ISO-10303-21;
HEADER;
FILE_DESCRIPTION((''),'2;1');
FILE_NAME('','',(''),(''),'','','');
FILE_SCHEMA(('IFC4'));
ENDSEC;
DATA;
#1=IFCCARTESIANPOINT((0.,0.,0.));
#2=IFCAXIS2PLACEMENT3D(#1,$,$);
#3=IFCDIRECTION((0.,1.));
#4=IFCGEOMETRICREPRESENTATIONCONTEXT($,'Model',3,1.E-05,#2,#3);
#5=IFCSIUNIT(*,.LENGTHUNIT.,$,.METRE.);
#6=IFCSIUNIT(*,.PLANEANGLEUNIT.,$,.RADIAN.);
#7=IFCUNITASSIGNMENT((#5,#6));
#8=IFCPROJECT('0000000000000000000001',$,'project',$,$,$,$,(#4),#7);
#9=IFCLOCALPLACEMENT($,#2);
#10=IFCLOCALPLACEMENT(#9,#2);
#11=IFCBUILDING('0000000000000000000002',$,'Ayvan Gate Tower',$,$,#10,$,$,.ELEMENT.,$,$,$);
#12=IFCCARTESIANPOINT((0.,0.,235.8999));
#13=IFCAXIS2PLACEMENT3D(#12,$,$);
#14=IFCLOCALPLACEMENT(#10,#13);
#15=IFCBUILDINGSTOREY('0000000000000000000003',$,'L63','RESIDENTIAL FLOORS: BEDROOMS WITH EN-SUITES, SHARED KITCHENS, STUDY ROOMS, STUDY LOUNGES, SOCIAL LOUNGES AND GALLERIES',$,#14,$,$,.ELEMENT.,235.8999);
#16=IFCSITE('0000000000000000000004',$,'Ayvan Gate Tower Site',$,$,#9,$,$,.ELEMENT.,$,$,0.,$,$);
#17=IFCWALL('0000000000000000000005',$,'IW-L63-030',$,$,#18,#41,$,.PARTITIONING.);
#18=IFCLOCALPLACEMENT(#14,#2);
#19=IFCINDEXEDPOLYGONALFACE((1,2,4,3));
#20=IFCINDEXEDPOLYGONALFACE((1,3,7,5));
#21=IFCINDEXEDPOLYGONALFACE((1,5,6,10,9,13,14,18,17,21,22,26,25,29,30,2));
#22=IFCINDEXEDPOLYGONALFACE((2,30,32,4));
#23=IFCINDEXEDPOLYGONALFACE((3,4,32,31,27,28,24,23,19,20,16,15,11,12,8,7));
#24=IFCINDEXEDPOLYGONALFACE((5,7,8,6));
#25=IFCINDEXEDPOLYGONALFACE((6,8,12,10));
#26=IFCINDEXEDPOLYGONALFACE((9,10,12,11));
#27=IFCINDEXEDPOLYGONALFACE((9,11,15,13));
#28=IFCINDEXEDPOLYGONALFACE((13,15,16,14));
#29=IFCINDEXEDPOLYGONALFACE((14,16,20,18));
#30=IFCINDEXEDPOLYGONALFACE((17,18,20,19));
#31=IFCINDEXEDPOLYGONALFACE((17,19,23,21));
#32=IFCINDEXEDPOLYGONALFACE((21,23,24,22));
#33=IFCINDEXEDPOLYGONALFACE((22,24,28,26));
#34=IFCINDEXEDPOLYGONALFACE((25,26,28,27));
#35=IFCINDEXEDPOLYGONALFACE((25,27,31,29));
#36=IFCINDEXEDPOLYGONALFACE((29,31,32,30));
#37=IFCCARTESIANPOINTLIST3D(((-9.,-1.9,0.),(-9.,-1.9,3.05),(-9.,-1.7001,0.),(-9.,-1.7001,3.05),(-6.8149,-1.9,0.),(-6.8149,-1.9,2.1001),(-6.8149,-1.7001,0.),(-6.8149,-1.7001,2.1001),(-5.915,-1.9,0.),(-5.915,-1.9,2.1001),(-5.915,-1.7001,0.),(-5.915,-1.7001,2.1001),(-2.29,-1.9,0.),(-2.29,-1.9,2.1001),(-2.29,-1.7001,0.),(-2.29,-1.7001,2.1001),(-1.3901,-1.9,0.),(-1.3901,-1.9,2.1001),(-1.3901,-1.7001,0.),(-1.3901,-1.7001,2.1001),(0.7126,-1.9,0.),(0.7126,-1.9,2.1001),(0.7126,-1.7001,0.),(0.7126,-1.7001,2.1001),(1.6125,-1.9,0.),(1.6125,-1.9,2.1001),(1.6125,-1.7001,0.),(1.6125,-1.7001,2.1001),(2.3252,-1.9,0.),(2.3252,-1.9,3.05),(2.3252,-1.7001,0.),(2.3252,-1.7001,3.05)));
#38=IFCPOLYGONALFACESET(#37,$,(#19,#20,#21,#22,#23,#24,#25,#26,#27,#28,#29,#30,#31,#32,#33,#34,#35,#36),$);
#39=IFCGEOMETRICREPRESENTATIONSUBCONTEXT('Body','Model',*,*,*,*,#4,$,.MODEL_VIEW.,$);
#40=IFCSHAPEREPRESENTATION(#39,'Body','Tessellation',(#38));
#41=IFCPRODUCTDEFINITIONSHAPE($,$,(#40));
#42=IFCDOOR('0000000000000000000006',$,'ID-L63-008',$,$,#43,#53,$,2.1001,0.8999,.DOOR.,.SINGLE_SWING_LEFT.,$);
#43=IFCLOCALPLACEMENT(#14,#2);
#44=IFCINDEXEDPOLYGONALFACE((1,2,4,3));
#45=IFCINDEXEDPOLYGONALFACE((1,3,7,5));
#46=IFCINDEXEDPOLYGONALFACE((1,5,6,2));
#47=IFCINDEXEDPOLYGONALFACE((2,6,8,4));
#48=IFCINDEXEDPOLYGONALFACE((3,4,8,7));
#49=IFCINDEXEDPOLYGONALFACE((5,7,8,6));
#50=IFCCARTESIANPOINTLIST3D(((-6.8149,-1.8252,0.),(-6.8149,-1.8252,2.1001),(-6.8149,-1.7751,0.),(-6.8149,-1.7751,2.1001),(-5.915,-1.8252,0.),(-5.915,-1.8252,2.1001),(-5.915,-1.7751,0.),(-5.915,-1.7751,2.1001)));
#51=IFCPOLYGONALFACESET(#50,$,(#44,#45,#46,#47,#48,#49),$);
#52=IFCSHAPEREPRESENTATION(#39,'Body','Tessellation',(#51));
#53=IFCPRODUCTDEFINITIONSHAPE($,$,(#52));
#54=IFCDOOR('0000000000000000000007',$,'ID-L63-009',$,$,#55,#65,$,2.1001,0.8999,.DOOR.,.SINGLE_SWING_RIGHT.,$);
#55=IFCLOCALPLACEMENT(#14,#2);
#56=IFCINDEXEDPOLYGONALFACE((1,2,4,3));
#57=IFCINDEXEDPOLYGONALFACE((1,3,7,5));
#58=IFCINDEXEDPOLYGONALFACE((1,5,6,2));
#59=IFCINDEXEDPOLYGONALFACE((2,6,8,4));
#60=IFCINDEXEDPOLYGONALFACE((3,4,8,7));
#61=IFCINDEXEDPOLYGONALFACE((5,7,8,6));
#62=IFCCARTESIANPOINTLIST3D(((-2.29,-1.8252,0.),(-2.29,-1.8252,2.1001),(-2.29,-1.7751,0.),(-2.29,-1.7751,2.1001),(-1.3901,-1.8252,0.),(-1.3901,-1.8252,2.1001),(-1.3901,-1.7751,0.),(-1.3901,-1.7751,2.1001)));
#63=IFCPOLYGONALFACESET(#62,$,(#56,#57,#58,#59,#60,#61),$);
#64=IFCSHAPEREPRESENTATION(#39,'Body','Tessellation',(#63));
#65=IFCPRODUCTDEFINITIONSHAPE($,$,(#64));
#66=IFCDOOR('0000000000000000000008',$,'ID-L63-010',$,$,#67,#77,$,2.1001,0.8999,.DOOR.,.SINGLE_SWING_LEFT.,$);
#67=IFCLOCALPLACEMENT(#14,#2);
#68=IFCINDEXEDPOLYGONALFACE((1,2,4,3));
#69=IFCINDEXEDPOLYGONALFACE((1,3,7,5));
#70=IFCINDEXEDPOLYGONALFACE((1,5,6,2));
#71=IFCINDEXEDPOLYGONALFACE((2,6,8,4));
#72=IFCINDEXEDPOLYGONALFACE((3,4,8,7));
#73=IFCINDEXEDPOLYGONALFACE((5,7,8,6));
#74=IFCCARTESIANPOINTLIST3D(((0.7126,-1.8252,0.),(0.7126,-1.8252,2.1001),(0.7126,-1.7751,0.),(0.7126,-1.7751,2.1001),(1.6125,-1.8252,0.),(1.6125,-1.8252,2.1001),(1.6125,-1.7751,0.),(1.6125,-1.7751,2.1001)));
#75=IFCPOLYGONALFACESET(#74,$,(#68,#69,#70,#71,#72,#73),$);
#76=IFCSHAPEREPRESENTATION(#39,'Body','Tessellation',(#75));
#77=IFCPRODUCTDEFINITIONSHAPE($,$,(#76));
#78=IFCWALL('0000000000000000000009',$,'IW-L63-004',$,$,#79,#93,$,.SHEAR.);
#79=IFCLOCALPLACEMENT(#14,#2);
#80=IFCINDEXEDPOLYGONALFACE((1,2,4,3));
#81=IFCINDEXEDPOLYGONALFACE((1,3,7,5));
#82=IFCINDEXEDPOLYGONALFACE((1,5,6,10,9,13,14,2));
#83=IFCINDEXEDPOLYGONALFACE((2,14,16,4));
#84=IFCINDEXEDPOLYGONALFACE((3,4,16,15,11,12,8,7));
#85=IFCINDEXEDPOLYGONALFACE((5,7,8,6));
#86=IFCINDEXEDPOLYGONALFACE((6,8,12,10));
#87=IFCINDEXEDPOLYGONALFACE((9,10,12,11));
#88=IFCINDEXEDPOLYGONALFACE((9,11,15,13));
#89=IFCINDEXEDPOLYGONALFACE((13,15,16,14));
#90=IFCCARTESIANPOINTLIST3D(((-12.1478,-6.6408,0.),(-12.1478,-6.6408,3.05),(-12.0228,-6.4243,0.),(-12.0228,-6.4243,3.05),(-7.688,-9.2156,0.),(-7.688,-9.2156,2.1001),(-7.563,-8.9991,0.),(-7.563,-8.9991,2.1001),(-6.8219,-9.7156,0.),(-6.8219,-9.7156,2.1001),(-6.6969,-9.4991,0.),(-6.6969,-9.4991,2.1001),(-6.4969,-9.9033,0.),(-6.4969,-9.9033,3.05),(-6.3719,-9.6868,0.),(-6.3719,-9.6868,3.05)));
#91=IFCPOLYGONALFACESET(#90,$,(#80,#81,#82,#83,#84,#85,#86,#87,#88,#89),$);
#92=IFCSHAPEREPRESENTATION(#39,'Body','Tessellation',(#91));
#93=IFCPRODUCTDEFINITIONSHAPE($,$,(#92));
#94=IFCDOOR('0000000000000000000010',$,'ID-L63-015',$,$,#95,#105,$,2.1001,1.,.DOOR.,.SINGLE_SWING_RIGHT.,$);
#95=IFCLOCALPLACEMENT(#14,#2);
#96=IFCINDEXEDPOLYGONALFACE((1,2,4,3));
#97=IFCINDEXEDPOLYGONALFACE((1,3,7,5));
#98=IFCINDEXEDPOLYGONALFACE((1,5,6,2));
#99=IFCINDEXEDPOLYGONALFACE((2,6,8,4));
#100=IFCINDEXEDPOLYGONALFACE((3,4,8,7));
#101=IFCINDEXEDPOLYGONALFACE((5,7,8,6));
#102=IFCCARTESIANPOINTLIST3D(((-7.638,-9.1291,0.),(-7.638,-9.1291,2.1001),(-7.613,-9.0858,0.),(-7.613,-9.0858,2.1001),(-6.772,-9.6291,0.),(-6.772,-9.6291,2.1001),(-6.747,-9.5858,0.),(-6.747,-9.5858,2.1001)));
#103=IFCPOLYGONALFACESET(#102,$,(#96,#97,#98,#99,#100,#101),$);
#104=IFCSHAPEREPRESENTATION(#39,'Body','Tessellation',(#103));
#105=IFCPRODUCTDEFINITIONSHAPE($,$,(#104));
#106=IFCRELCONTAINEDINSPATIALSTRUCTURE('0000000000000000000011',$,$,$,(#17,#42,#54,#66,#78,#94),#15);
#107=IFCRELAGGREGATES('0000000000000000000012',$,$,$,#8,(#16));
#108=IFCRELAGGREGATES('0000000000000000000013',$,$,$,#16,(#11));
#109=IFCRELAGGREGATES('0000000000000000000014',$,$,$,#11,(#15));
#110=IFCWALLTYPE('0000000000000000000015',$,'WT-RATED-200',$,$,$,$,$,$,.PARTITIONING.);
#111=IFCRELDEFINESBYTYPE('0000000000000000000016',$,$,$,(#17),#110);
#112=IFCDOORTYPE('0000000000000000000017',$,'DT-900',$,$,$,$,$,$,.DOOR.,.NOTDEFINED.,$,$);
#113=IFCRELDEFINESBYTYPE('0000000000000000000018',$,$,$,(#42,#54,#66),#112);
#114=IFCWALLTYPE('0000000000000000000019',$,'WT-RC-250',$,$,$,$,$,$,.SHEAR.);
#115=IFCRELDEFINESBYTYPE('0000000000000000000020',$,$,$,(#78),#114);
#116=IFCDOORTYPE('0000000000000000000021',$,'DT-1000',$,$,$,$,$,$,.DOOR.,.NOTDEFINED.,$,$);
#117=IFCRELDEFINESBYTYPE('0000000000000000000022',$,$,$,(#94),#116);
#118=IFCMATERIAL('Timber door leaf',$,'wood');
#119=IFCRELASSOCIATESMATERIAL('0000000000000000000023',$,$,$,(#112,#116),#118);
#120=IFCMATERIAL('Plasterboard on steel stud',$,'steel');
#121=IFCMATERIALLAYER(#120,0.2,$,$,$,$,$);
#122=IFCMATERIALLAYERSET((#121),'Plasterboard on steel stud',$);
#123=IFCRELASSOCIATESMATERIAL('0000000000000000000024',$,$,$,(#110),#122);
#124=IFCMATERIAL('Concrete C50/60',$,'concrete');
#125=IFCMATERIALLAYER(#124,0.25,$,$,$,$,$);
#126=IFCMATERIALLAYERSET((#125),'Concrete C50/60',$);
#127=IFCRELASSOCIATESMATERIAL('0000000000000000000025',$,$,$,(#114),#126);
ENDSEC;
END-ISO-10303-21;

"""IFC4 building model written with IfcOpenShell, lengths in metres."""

from ifc_helpers import new_model, si_unit, direction, frame, frame_2d, origin, place, context, subcontext, project, spatial, rectangle, extrude, material, layer, layer_set, type_object, element, fill, save


model = new_model("IFC4")

# Units and contexts
model_context = context("Model", 3, precision=1e-05, world=origin(), true_north=direction((0.0, 1.0)))
body_context = subcontext(model_context, "Body", "Model", "MODEL_VIEW")
ifc_project = project(units=[si_unit("LENGTHUNIT", "METRE"), si_unit("PLANEANGLEUNIT", "RADIAN")], contexts=[model_context])

# Site, building, storey
site_placement = place(None, origin())
site = spatial("IfcSite", under=ifc_project, at=site_placement, Name="Ayvan Gate Tower Site", CompositionType="ELEMENT", RefElevation=0.0)
building_placement = place(site_placement, origin())
building = spatial("IfcBuilding", under=site, at=building_placement, Name="Ayvan Gate Tower", CompositionType="ELEMENT")
storey_placement = place(building_placement, frame((0.0, 0.0, 235.8999)))
storey = spatial("IfcBuildingStorey", under=building, at=storey_placement, Name="L63", Description="RESIDENTIAL FLOORS: BEDROOMS WITH EN-SUITES, SHARED KITCHENS, STUDY ROOMS, STUDY LOUNGES, SOCIAL LOUNGES AND GALLERIES", CompositionType="ELEMENT", Elevation=235.8999)

# Shared definitions
ifc_material_1 = material(Name="Timber door leaf", Category="wood")
door_type_1 = type_object("IfcDoorType", Name="DT-900", OperationType="NOTDEFINED", PredefinedType="DOOR", material=ifc_material_1)

# Shared definitions
ifc_material_2 = material(Name="Plasterboard on steel stud", Category="steel")
door_type_2 = type_object("IfcDoorType", Name="DT-1000", OperationType="NOTDEFINED", PredefinedType="DOOR", material=ifc_material_1)

# Shared definitions
ifc_layer_1 = layer(ifc_material_2, 0.2)
ifc_layer_set_1 = layer_set([ifc_layer_1], Name="Plasterboard on steel stud")
wall_type_1 = type_object("IfcWallType", Name="WT-RATED-200", PredefinedType="PARTITIONING", material=ifc_layer_set_1)

# Wall, openings, doors
wall_1_placement = place(storey_placement, frame((-9.0, -1.8, 0.0), z_axis=(0.0, 0.0, 1.0), x_axis=(1.0, 0.0, 0.0)))
wall_1 = element("IfcWall", 1, at=wall_1_placement, inside=storey, type_object=wall_type_1, Name="IW-L63-030", PredefinedType="PARTITIONING", context=body_context, shape_type="SweptSolid", body=[
    extrude(rectangle(XDim=11.3252, YDim=0.2, at=frame_2d((5.6626, 0.0))), origin(), (0.0, 0.0, 1.0), 3.05),
])
opening_1_placement = place(wall_1_placement, frame((2.1851, 0.0, 0.0)))
opening_1 = element("IfcOpeningElement", 2, at=opening_1_placement, cuts=wall_1, PredefinedType="OPENING", context=body_context, shape_type="SweptSolid", body=[
    extrude(rectangle(XDim=0.8999, YDim=2.1001, at=frame_2d((0.45, 1.05))), frame((0.0, 0.1099, 0.0), z_axis=(0.0, -1.0, 0.0), x_axis=(1.0, 0.0, 0.0)), (0.0, 0.0, 1.0), 0.22),
])
opening_2_placement = place(wall_1_placement, frame((6.71, 0.0, 0.0)))
opening_2 = element("IfcOpeningElement", 3, at=opening_2_placement, cuts=wall_1, PredefinedType="OPENING", context=body_context, shape_type="SweptSolid", body=[
    extrude(rectangle(XDim=0.8999, YDim=2.1001, at=frame_2d((0.45, 1.05))), frame((0.0, 0.1099, 0.0), z_axis=(0.0, -1.0, 0.0), x_axis=(1.0, 0.0, 0.0)), (0.0, 0.0, 1.0), 0.22),
])
opening_3_placement = place(wall_1_placement, frame((9.7126, 0.0, 0.0)))
opening_3 = element("IfcOpeningElement", 4, at=opening_3_placement, cuts=wall_1, PredefinedType="OPENING", context=body_context, shape_type="SweptSolid", body=[
    extrude(rectangle(XDim=0.8999, YDim=2.1001, at=frame_2d((0.45, 1.05))), frame((0.0, 0.1099, 0.0), z_axis=(0.0, -1.0, 0.0), x_axis=(1.0, 0.0, 0.0)), (0.0, 0.0, 1.0), 0.22),
])
door_1_placement = place(opening_1_placement, origin())
door_1 = element("IfcDoor", 5, at=door_1_placement, inside=storey, type_object=door_type_1, Name="ID-L63-008", OperationType="SINGLE_SWING_LEFT", OverallHeight=2.1001, OverallWidth=0.8999, PredefinedType="DOOR", context=body_context, shape_type="SweptSolid", body=[
    extrude(rectangle(XDim=0.8999, YDim=2.1001, at=frame_2d((0.45, 1.05))), frame((0.0, 0.0249, 0.0), z_axis=(0.0, -1.0, 0.0), x_axis=(1.0, 0.0, 0.0)), (0.0, 0.0, 1.0), 0.05),
])
fill(opening_1, door_1)
door_2_placement = place(opening_2_placement, origin())
door_2 = element("IfcDoor", 6, at=door_2_placement, inside=storey, type_object=door_type_1, Name="ID-L63-009", OperationType="SINGLE_SWING_RIGHT", OverallHeight=2.1001, OverallWidth=0.8999, PredefinedType="DOOR", context=body_context, shape_type="SweptSolid", body=[
    extrude(rectangle(XDim=0.8999, YDim=2.1001, at=frame_2d((0.45, 1.05))), frame((0.0, 0.0249, 0.0), z_axis=(0.0, -1.0, 0.0), x_axis=(1.0, 0.0, 0.0)), (0.0, 0.0, 1.0), 0.05),
])
fill(opening_2, door_2)
door_3_placement = place(opening_3_placement, origin())
door_3 = element("IfcDoor", 7, at=door_3_placement, inside=storey, type_object=door_type_1, Name="ID-L63-010", OperationType="SINGLE_SWING_LEFT", OverallHeight=2.1001, OverallWidth=0.8999, PredefinedType="DOOR", context=body_context, shape_type="SweptSolid", body=[
    extrude(rectangle(XDim=0.8999, YDim=2.1001, at=frame_2d((0.45, 1.05))), frame((0.0, 0.0249, 0.0), z_axis=(0.0, -1.0, 0.0), x_axis=(1.0, 0.0, 0.0)), (0.0, 0.0, 1.0), 0.05),
])
fill(opening_3, door_3)

# Wall, opening, door
ifc_material_3 = material(Name="Concrete C50/60", Category="concrete")
ifc_layer_2 = layer(ifc_material_3, 0.25)
ifc_layer_set_2 = layer_set([ifc_layer_2], Name="Concrete C50/60")
wall_type_2 = type_object("IfcWallType", Name="WT-RC-250", PredefinedType="SHEAR", material=ifc_layer_set_2)
wall_2_placement = place(storey_placement, frame((-12.0854, -6.5325, 0.0), z_axis=(0.0, 0.0, 1.0), x_axis=(0.866031, -0.49999, 0.0)))
wall_2 = element("IfcWall", 8, at=wall_2_placement, inside=storey, type_object=wall_type_2, Name="IW-L63-004", PredefinedType="SHEAR", context=body_context, shape_type="SweptSolid", body=[
    extrude(rectangle(XDim=6.5251, YDim=0.25, at=frame_2d((3.2627, 0.0))), origin(), (0.0, 0.0, 1.0), 3.05),
])
opening_4_placement = place(wall_2_placement, frame((5.1499, 0.0, 0.0)))
opening_4 = element("IfcOpeningElement", 9, at=opening_4_placement, cuts=wall_2, PredefinedType="OPENING", context=body_context, shape_type="SweptSolid", body=[
    extrude(rectangle(XDim=1.0, YDim=2.1001, at=frame_2d((0.5, 1.05))), frame((0.0, 0.135, 0.0), z_axis=(0.0, -1.0, 0.0), x_axis=(1.0, 0.0, 0.0)), (0.0, 0.0, 1.0), 0.27),
])
door_4_placement = place(opening_4_placement, origin())
door_4 = element("IfcDoor", 10, at=door_4_placement, inside=storey, type_object=door_type_2, Name="ID-L63-015", OperationType="SINGLE_SWING_RIGHT", OverallHeight=2.1001, OverallWidth=1.0, PredefinedType="DOOR", context=body_context, shape_type="SweptSolid", body=[
    extrude(rectangle(XDim=1.0, YDim=2.1001, at=frame_2d((0.5, 1.05))), frame((0.0, 0.0249, 0.0), z_axis=(0.0, -1.0, 0.0), x_axis=(1.0, 0.0, 0.0)), (0.0, 0.0, 1.0), 0.05),
])
fill(opening_4, door_4)

save(model, "model.ifc")
